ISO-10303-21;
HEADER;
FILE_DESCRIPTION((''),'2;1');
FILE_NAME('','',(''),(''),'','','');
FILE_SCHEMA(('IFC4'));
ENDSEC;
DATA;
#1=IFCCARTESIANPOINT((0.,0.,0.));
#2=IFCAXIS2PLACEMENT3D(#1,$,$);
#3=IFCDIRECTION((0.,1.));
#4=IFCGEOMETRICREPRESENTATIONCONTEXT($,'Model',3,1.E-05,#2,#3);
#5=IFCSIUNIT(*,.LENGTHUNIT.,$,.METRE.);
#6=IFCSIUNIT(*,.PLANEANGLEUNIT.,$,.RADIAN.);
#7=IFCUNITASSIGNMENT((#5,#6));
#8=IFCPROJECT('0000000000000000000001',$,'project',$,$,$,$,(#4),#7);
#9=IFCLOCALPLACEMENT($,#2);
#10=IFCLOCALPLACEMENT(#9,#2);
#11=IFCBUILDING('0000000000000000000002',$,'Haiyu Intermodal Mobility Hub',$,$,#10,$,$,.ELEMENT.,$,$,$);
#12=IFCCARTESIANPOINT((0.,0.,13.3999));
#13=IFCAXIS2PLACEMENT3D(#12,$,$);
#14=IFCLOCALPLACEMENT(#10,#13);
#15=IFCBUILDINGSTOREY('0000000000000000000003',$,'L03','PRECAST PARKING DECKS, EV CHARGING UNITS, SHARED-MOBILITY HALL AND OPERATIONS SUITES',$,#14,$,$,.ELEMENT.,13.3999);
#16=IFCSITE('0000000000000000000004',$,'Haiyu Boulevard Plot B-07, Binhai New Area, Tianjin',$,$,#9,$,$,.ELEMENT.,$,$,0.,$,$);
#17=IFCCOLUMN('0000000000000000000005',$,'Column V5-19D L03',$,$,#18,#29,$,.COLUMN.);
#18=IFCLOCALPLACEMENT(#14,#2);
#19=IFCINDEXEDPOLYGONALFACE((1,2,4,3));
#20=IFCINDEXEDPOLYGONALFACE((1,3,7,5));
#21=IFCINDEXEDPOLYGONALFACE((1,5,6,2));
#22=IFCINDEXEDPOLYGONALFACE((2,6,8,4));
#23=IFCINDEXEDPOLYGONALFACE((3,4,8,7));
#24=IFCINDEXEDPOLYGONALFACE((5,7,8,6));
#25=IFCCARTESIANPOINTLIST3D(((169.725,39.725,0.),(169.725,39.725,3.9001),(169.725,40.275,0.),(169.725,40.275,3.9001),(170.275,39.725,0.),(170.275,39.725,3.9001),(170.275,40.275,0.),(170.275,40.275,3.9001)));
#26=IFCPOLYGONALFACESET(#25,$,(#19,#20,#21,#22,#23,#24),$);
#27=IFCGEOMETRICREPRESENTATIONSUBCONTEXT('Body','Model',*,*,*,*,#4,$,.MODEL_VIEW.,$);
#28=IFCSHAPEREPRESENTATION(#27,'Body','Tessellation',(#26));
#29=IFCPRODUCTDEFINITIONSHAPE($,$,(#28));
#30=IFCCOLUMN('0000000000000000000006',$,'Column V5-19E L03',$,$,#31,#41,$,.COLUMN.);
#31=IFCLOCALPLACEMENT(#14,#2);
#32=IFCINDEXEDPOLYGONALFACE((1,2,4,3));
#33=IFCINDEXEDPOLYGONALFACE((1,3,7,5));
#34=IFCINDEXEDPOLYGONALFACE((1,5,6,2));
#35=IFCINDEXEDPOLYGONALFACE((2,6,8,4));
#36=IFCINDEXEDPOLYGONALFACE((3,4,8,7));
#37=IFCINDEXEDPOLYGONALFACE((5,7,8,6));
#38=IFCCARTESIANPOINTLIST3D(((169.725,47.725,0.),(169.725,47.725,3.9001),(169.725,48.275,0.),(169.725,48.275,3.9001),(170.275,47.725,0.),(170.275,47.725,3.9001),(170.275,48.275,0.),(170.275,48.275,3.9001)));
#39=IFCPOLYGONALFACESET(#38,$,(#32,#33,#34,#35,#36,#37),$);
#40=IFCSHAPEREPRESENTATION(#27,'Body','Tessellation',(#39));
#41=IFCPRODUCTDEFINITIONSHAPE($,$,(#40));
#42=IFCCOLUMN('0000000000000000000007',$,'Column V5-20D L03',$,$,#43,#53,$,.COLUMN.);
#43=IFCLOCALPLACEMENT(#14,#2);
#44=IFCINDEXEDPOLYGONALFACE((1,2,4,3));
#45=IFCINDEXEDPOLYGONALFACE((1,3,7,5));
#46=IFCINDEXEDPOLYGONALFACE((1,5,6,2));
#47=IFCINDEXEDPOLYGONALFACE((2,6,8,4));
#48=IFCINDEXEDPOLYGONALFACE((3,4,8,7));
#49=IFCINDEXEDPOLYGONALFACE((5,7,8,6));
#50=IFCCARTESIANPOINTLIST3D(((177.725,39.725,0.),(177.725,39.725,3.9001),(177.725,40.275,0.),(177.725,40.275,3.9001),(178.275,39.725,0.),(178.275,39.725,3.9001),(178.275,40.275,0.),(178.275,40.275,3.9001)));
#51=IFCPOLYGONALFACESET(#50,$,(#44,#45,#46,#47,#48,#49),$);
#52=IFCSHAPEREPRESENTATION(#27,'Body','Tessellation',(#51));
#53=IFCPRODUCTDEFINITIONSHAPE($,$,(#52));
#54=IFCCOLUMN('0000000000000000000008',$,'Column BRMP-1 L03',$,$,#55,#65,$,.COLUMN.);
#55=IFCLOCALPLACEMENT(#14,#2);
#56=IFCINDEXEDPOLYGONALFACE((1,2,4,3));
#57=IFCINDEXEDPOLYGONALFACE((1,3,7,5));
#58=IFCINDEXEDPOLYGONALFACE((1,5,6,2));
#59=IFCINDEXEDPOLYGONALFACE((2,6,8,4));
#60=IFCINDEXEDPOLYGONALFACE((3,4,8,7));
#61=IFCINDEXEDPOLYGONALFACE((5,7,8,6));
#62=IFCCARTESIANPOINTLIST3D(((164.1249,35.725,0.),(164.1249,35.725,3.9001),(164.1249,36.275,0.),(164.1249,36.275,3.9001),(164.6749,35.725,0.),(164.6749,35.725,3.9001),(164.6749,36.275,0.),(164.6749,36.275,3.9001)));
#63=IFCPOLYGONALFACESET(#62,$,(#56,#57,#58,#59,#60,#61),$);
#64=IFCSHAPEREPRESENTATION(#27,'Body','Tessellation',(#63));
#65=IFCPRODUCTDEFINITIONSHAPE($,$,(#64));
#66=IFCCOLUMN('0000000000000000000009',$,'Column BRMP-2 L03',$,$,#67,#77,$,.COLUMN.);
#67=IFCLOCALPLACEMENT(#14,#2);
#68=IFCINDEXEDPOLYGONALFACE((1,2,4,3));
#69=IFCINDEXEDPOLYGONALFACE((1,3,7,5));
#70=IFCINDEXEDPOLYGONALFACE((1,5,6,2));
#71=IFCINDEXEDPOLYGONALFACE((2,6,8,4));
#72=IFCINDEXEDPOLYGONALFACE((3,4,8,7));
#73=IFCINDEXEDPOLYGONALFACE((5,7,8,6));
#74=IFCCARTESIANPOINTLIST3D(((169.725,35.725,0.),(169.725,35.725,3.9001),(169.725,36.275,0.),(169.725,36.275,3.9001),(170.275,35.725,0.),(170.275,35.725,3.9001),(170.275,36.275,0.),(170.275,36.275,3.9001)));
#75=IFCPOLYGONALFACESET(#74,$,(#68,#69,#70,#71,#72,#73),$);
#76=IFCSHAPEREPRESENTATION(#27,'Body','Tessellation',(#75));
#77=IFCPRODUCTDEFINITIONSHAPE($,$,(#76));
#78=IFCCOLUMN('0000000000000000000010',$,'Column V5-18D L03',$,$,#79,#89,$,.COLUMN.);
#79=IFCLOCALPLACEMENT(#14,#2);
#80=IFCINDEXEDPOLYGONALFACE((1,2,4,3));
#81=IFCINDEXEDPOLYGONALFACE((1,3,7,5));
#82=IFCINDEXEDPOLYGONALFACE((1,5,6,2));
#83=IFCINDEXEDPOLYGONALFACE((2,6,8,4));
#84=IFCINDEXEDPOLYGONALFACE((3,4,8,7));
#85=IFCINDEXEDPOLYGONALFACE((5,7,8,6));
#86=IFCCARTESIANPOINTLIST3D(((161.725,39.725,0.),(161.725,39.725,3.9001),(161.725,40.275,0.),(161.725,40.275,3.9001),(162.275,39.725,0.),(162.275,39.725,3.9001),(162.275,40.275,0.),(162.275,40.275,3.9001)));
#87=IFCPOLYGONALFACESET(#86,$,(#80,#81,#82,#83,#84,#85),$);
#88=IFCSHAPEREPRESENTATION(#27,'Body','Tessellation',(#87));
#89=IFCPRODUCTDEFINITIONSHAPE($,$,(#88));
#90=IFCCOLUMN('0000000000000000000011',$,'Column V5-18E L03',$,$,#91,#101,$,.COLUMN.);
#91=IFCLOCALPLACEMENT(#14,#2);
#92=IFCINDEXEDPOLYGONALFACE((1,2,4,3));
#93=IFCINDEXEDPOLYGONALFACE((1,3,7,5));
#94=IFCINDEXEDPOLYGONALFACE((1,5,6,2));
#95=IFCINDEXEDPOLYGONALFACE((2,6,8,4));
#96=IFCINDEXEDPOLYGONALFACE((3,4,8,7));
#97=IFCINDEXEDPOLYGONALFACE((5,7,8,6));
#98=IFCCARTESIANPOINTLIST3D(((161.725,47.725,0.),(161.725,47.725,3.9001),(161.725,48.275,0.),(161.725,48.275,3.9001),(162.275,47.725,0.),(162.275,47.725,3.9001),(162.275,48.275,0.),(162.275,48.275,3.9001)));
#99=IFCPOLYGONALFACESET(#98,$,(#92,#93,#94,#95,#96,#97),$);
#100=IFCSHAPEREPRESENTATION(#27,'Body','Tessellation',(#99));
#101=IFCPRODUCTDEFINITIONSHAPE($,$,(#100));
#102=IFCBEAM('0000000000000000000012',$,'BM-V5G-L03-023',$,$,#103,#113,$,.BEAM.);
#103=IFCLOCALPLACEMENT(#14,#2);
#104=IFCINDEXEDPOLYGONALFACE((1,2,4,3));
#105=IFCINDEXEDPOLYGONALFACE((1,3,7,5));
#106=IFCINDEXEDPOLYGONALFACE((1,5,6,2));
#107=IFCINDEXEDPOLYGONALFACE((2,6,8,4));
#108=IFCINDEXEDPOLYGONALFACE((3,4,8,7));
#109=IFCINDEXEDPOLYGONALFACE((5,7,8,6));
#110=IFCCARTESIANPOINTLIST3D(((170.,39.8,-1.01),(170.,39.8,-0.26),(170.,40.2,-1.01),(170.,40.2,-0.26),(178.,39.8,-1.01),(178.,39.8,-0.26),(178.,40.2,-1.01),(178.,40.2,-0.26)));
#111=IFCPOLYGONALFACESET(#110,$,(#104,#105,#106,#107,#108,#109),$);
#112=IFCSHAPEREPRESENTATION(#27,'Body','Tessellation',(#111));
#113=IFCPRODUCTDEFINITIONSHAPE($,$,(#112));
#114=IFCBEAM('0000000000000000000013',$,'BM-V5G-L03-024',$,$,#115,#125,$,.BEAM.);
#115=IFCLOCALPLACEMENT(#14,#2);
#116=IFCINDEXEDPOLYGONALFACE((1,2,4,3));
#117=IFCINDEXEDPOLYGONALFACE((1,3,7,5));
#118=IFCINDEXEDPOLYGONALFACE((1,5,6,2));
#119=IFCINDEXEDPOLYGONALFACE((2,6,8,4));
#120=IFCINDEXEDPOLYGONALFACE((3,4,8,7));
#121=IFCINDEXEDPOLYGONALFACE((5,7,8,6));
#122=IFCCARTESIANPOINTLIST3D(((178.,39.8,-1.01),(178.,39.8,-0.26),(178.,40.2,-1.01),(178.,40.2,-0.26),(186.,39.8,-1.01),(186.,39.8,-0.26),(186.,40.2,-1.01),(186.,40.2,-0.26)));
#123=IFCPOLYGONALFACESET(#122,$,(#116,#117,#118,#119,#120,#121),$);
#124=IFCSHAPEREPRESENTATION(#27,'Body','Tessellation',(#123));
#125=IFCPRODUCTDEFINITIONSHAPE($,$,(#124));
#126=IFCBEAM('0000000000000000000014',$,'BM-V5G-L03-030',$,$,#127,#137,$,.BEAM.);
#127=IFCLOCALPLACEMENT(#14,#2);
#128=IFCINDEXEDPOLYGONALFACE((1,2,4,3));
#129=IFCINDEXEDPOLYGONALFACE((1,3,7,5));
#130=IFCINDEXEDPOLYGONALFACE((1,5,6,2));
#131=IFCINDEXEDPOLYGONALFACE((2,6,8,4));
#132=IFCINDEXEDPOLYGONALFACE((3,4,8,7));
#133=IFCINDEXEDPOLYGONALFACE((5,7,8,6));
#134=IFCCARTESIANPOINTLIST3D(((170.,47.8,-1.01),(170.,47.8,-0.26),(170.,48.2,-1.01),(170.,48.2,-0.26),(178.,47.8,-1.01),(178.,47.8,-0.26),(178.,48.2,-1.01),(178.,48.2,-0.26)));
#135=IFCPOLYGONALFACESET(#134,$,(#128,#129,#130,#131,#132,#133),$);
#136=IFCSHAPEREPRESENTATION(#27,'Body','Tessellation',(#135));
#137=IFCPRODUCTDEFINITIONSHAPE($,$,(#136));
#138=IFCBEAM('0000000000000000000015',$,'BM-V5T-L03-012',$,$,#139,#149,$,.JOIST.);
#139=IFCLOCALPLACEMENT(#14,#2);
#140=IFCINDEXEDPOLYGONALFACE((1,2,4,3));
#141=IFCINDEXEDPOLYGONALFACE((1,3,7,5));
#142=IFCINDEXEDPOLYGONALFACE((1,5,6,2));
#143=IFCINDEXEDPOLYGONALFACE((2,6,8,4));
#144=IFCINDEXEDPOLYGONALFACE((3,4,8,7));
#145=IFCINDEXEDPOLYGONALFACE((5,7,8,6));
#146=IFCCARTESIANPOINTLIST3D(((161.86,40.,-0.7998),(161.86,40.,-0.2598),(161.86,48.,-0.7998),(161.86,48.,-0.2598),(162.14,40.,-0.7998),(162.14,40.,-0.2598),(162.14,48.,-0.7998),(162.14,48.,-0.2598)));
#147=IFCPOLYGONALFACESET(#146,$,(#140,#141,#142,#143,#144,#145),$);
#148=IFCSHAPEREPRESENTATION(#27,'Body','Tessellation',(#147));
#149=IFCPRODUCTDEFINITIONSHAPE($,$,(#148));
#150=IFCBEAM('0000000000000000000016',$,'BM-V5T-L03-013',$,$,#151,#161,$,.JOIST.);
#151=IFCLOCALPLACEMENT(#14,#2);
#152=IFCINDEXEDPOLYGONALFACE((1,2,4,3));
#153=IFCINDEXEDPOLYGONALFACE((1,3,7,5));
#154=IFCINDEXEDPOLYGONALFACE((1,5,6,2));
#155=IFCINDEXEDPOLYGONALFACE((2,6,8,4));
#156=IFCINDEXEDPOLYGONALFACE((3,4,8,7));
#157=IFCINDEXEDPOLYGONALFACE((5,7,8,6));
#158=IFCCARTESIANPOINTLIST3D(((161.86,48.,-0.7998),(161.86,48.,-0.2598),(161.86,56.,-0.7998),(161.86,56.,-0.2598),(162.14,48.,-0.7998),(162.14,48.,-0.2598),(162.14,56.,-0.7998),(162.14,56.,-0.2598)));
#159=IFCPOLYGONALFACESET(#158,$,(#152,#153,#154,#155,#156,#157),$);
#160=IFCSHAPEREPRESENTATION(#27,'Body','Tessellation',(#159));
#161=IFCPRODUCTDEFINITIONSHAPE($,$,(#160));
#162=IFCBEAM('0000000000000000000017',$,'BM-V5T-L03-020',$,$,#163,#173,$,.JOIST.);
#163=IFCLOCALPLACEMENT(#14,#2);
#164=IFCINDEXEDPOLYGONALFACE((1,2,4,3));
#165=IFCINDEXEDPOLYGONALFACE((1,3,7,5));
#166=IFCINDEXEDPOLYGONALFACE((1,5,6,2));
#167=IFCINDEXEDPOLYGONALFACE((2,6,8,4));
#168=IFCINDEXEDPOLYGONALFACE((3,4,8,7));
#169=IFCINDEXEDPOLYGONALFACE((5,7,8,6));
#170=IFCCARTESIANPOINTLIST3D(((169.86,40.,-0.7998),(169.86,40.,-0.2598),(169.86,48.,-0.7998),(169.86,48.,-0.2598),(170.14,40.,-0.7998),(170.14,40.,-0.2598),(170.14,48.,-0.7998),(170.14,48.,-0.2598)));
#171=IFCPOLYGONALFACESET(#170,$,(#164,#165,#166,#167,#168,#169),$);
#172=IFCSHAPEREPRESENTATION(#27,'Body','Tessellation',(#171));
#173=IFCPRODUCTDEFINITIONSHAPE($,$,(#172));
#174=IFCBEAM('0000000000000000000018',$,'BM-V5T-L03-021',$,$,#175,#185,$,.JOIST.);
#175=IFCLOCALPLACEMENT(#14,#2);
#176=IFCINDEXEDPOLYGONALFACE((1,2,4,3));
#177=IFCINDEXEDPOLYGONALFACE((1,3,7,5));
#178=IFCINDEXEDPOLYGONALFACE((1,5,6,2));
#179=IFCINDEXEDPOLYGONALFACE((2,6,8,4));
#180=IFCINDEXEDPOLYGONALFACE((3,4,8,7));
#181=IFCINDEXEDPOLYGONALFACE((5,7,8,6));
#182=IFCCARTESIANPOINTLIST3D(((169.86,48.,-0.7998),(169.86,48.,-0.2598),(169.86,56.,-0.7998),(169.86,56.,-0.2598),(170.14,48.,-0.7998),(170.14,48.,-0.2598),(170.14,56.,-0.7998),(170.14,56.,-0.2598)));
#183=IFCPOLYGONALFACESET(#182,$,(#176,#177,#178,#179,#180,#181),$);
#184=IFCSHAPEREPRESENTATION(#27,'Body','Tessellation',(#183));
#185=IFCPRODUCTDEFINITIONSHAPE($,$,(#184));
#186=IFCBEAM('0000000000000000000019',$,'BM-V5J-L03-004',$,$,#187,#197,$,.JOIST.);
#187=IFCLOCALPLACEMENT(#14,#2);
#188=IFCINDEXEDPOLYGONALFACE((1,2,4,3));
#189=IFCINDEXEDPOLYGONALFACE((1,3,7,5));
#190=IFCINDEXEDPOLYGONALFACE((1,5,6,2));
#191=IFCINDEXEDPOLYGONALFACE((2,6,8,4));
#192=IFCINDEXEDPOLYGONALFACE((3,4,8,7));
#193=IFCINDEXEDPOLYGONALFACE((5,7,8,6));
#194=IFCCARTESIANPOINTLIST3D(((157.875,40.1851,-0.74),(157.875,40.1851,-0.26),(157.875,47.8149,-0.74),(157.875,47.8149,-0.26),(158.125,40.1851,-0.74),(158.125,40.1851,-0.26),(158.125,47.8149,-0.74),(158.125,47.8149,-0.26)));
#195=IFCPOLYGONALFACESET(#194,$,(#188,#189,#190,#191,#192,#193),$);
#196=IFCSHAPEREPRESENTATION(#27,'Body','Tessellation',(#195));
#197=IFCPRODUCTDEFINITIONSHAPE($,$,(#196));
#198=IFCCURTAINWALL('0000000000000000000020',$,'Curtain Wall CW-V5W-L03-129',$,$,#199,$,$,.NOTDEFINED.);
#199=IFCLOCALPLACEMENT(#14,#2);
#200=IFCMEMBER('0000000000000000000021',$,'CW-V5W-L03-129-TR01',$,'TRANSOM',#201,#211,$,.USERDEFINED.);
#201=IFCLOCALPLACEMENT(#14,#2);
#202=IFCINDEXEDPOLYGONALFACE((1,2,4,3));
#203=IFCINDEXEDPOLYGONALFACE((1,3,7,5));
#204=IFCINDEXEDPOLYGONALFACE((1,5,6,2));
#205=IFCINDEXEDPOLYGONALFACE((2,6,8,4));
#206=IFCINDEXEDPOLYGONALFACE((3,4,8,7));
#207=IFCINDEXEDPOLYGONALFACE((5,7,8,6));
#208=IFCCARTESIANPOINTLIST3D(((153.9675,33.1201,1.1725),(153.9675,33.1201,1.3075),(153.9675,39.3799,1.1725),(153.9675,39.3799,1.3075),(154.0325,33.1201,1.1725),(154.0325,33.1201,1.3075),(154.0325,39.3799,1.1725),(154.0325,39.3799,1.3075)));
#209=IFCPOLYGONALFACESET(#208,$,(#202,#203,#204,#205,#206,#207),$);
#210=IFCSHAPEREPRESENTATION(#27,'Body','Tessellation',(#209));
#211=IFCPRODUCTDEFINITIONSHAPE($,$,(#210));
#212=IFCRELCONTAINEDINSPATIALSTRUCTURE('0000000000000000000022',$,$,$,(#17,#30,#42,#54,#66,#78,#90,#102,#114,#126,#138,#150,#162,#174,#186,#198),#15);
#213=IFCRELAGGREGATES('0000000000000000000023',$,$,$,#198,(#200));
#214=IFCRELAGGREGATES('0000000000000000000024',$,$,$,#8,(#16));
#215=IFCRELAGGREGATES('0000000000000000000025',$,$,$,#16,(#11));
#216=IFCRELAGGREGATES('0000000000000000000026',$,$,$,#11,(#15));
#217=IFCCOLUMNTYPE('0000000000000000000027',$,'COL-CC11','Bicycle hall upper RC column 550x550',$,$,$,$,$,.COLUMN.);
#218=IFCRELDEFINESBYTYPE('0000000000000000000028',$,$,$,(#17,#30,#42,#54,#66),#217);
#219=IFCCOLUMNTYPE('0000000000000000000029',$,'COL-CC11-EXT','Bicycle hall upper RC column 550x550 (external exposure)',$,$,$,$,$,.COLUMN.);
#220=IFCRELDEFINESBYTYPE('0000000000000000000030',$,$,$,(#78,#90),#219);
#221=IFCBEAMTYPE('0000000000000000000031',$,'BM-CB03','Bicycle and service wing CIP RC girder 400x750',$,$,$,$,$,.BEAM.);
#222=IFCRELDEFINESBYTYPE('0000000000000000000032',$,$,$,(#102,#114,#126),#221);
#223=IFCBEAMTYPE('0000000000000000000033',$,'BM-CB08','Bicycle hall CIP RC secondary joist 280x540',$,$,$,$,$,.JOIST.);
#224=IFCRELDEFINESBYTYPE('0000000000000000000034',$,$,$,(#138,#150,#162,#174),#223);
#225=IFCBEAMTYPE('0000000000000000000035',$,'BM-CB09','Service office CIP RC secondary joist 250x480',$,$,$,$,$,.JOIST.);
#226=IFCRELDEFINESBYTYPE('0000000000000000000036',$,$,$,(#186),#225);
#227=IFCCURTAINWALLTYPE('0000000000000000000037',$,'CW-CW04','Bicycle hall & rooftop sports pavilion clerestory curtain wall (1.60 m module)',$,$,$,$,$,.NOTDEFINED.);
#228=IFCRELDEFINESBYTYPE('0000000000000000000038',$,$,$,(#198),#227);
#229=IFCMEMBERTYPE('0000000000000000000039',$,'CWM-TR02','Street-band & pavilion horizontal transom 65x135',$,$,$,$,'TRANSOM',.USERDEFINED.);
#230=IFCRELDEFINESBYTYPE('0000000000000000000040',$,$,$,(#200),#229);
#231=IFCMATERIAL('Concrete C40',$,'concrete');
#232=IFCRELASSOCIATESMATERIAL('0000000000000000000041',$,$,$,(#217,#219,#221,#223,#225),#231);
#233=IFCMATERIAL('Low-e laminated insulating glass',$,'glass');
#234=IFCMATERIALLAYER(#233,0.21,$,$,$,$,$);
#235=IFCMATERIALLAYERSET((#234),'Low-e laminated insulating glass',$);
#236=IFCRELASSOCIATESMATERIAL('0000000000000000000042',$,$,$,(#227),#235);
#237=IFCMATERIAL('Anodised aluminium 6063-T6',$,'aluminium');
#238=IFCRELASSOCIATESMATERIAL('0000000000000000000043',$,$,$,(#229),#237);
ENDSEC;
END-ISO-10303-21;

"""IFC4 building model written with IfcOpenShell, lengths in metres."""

from ifc_helpers import new_model, si_unit, direction, frame, origin, origin_2d, place, context, subcontext, project, spatial, rectangle, extrude, material, layer, layer_set, material_profile, profile_set, type_object, element, aggregate, save


model = new_model("IFC4")

# Units and contexts
model_context = context("Model", 3, precision=1e-05, world=origin(), true_north=direction((0.0, 1.0)))
body_context = subcontext(model_context, "Body", "Model", "MODEL_VIEW")
ifc_project = project(units=[si_unit("LENGTHUNIT", "METRE"), si_unit("PLANEANGLEUNIT", "RADIAN")], contexts=[model_context])

# Site, building, storey
site_placement = place(None, origin())
site = spatial("IfcSite", under=ifc_project, at=site_placement, Name="Haiyu Boulevard Plot B-07, Binhai New Area, Tianjin", CompositionType="ELEMENT", RefElevation=0.0)
building_placement = place(site_placement, origin())
building = spatial("IfcBuilding", under=site, at=building_placement, Name="Haiyu Intermodal Mobility Hub", CompositionType="ELEMENT")
storey_placement = place(building_placement, frame((0.0, 0.0, 13.3999)))
storey = spatial("IfcBuildingStorey", under=building, at=storey_placement, Name="L03", Description="PRECAST PARKING DECKS, EV CHARGING UNITS, SHARED-MOBILITY HALL AND OPERATIONS SUITES", CompositionType="ELEMENT", Elevation=13.3999)

# Columns
ifc_material_1 = material(Name="Concrete C40", Category="concrete")
ifc_material_profile_1 = material_profile(ifc_material_1, rectangle(XDim=0.55, YDim=0.55, at=origin_2d()), Name="RC550x550")
ifc_profile_set_1 = profile_set([ifc_material_profile_1], Name="Concrete C40")
column_type_1 = type_object("IfcColumnType", Name="COL-CC11", Description="Bicycle hall upper RC column 550x550", PredefinedType="COLUMN", material=ifc_profile_set_1)
for number, where, z_axis, x_axis, name in (
    (1, (170.0, 40.0, 0.0), (0.0, 0.0, 1.0), (1.0, 0.0, 0.0), "Column V5-19D L03"),
    (2, (170.0, 48.0, 0.0), (0.0, 0.0, 1.0), (1.0, 0.0, 0.0), "Column V5-19E L03"),
    (3, (178.0, 40.0, 0.0), (0.0, 0.0, 1.0), (1.0, 0.0, 0.0), "Column V5-20D L03"),
    (4, (164.3999, 36.0, 0.0), (0.0, 0.0, 1.0), (1.0, 0.0, 0.0), "Column BRMP-1 L03"),
    (5, (170.0, 36.0, 0.0), (0.0, 0.0, 1.0), (1.0, 0.0, 0.0), "Column BRMP-2 L03"),
):
    element("IfcColumn", number, at=place(storey_placement, frame(where, z_axis=z_axis, x_axis=x_axis)), inside=storey, type_object=column_type_1, Name=name, PredefinedType="COLUMN", context=body_context, shape_type="SweptSolid", body=[
        extrude(rectangle(XDim=0.55, YDim=0.55, at=origin_2d()), origin(), (0.0, 0.0, 1.0), 3.9001),
    ])
ifc_material_profile_2 = material_profile(ifc_material_1, rectangle(XDim=0.55, YDim=0.55, at=origin_2d()), Name="RC550x550")
ifc_profile_set_2 = profile_set([ifc_material_profile_2], Name="Concrete C40")
column_type_2 = type_object("IfcColumnType", Name="COL-CC11-EXT", Description="Bicycle hall upper RC column 550x550 (external exposure)", PredefinedType="COLUMN", material=ifc_profile_set_2)
for number, where, z_axis, x_axis, name in (
    (6, (162.0, 40.0, 0.0), (0.0, 0.0, 1.0), (1.0, 0.0, 0.0), "Column V5-18D L03"),
    (7, (162.0, 48.0, 0.0), (0.0, 0.0, 1.0), (1.0, 0.0, 0.0), "Column V5-18E L03"),
):
    element("IfcColumn", number, at=place(storey_placement, frame(where, z_axis=z_axis, x_axis=x_axis)), inside=storey, type_object=column_type_2, Name=name, PredefinedType="COLUMN", context=body_context, shape_type="SweptSolid", body=[
        extrude(rectangle(XDim=0.55, YDim=0.55, at=origin_2d()), origin(), (0.0, 0.0, 1.0), 3.9001),
    ])

# Beams
ifc_material_profile_3 = material_profile(ifc_material_1, rectangle(XDim=0.3999, YDim=0.75, at=origin_2d()), Name="RCB400x750")
ifc_profile_set_3 = profile_set([ifc_material_profile_3], Name="Concrete C40")
beam_type_1 = type_object("IfcBeamType", Name="BM-CB03", Description="Bicycle and service wing CIP RC girder 400x750", PredefinedType="BEAM", material=ifc_profile_set_3)
for number, where, z_axis, x_axis, name in (
    (8, (170.0, 40.0, -0.635), (1.0, 0.0, 0.0), (0.0, 1.0, 0.0), "BM-V5G-L03-023"),
    (9, (178.0, 40.0, -0.635), (1.0, 0.0, 0.0), (0.0, 1.0, 0.0), "BM-V5G-L03-024"),
    (10, (170.0, 48.0, -0.635), (1.0, 0.0, 0.0), (0.0, 1.0, 0.0), "BM-V5G-L03-030"),
):
    element("IfcBeam", number, at=place(storey_placement, frame(where, z_axis=z_axis, x_axis=x_axis)), inside=storey, type_object=beam_type_1, Name=name, PredefinedType="BEAM", context=body_context, shape_type="SweptSolid", body=[
        extrude(rectangle(XDim=0.3999, YDim=0.75, at=origin_2d()), origin(), (0.0, 0.0, 1.0), 8.0),
    ])
ifc_material_profile_4 = material_profile(ifc_material_1, rectangle(XDim=0.28, YDim=0.54, at=origin_2d()), Name="RCB280x540")
ifc_profile_set_4 = profile_set([ifc_material_profile_4], Name="Concrete C40")
beam_type_2 = type_object("IfcBeamType", Name="BM-CB08", Description="Bicycle hall CIP RC secondary joist 280x540", PredefinedType="JOIST", material=ifc_profile_set_4)
for number, where, z_axis, x_axis, name in (
    (11, (162.0, 40.0, -0.5298), (0.0, 1.0, 0.0), (-1.0, 0.0, 0.0), "BM-V5T-L03-012"),
    (12, (162.0, 48.0, -0.5298), (0.0, 1.0, 0.0), (-1.0, 0.0, 0.0), "BM-V5T-L03-013"),
    (13, (170.0, 40.0, -0.5298), (0.0, 1.0, 0.0), (-1.0, 0.0, 0.0), "BM-V5T-L03-020"),
    (14, (170.0, 48.0, -0.5298), (0.0, 1.0, 0.0), (-1.0, 0.0, 0.0), "BM-V5T-L03-021"),
):
    element("IfcBeam", number, at=place(storey_placement, frame(where, z_axis=z_axis, x_axis=x_axis)), inside=storey, type_object=beam_type_2, Name=name, PredefinedType="JOIST", context=body_context, shape_type="SweptSolid", body=[
        extrude(rectangle(XDim=0.28, YDim=0.54, at=origin_2d()), origin(), (0.0, 0.0, 1.0), 8.0),
    ])
ifc_material_profile_5 = material_profile(ifc_material_1, rectangle(XDim=0.25, YDim=0.48, at=origin_2d()), Name="RCB250x480")
ifc_profile_set_5 = profile_set([ifc_material_profile_5], Name="Concrete C40")
beam_type_3 = type_object("IfcBeamType", Name="BM-CB09", Description="Service office CIP RC secondary joist 250x480", PredefinedType="JOIST", material=ifc_profile_set_5)
beam_placement = place(storey_placement, frame((158.0, 40.1851, -0.5), z_axis=(0.0, 1.0, 0.0), x_axis=(-1.0, 0.0, 0.0)))
element("IfcBeam", 15, at=beam_placement, inside=storey, type_object=beam_type_3, Name="BM-V5J-L03-004", PredefinedType="JOIST", context=body_context, shape_type="SweptSolid", body=[
    extrude(rectangle(XDim=0.25, YDim=0.48, at=origin_2d()), origin(), (0.0, 0.0, 1.0), 7.6299),
])

# Curtain wall, member
ifc_material_2 = material(Name="Low-e laminated insulating glass", Category="glass")
ifc_layer_1 = layer(ifc_material_2, 0.21)
ifc_layer_set_1 = layer_set([ifc_layer_1], Name="Low-e laminated insulating glass")
curtain_wall_type = type_object("IfcCurtainWallType", Name="CW-CW04", Description="Bicycle hall & rooftop sports pavilion clerestory curtain wall (1.60 m module)", PredefinedType="NOTDEFINED", material=ifc_layer_set_1)
curtain_wall_placement = place(storey_placement, origin())
curtain_wall = element("IfcCurtainWall", 16, at=curtain_wall_placement, inside=storey, type_object=curtain_wall_type, Name="Curtain Wall CW-V5W-L03-129", PredefinedType="NOTDEFINED")
ifc_material_3 = material(Name="Anodised aluminium 6063-T6", Category="aluminium")
ifc_material_profile_6 = material_profile(ifc_material_3, rectangle(XDim=0.0649, YDim=0.135, at=origin_2d()), Name="ALU65x135")
ifc_profile_set_6 = profile_set([ifc_material_profile_6], Name="Anodised aluminium 6063-T6")
member_type = type_object("IfcMemberType", Name="CWM-TR02", Description="Street-band & pavilion horizontal transom 65x135", ElementType="TRANSOM", PredefinedType="USERDEFINED", material=ifc_profile_set_6)
member_placement = place(storey_placement, frame((154.0, 39.3799, 1.24), z_axis=(0.0, -1.0, 0.0), x_axis=(1.0, 0.0, 0.0)))
member = element("IfcMember", 17, at=member_placement, type_object=member_type, Name="CW-V5W-L03-129-TR01", ObjectType="TRANSOM", PredefinedType="USERDEFINED", context=body_context, shape_type="SweptSolid", body=[
    extrude(rectangle(XDim=0.0649, YDim=0.135, at=origin_2d()), origin(), (0.0, 0.0, 1.0), 6.2598),
])
aggregate(curtain_wall, [member])

save(model, "model.ifc")
